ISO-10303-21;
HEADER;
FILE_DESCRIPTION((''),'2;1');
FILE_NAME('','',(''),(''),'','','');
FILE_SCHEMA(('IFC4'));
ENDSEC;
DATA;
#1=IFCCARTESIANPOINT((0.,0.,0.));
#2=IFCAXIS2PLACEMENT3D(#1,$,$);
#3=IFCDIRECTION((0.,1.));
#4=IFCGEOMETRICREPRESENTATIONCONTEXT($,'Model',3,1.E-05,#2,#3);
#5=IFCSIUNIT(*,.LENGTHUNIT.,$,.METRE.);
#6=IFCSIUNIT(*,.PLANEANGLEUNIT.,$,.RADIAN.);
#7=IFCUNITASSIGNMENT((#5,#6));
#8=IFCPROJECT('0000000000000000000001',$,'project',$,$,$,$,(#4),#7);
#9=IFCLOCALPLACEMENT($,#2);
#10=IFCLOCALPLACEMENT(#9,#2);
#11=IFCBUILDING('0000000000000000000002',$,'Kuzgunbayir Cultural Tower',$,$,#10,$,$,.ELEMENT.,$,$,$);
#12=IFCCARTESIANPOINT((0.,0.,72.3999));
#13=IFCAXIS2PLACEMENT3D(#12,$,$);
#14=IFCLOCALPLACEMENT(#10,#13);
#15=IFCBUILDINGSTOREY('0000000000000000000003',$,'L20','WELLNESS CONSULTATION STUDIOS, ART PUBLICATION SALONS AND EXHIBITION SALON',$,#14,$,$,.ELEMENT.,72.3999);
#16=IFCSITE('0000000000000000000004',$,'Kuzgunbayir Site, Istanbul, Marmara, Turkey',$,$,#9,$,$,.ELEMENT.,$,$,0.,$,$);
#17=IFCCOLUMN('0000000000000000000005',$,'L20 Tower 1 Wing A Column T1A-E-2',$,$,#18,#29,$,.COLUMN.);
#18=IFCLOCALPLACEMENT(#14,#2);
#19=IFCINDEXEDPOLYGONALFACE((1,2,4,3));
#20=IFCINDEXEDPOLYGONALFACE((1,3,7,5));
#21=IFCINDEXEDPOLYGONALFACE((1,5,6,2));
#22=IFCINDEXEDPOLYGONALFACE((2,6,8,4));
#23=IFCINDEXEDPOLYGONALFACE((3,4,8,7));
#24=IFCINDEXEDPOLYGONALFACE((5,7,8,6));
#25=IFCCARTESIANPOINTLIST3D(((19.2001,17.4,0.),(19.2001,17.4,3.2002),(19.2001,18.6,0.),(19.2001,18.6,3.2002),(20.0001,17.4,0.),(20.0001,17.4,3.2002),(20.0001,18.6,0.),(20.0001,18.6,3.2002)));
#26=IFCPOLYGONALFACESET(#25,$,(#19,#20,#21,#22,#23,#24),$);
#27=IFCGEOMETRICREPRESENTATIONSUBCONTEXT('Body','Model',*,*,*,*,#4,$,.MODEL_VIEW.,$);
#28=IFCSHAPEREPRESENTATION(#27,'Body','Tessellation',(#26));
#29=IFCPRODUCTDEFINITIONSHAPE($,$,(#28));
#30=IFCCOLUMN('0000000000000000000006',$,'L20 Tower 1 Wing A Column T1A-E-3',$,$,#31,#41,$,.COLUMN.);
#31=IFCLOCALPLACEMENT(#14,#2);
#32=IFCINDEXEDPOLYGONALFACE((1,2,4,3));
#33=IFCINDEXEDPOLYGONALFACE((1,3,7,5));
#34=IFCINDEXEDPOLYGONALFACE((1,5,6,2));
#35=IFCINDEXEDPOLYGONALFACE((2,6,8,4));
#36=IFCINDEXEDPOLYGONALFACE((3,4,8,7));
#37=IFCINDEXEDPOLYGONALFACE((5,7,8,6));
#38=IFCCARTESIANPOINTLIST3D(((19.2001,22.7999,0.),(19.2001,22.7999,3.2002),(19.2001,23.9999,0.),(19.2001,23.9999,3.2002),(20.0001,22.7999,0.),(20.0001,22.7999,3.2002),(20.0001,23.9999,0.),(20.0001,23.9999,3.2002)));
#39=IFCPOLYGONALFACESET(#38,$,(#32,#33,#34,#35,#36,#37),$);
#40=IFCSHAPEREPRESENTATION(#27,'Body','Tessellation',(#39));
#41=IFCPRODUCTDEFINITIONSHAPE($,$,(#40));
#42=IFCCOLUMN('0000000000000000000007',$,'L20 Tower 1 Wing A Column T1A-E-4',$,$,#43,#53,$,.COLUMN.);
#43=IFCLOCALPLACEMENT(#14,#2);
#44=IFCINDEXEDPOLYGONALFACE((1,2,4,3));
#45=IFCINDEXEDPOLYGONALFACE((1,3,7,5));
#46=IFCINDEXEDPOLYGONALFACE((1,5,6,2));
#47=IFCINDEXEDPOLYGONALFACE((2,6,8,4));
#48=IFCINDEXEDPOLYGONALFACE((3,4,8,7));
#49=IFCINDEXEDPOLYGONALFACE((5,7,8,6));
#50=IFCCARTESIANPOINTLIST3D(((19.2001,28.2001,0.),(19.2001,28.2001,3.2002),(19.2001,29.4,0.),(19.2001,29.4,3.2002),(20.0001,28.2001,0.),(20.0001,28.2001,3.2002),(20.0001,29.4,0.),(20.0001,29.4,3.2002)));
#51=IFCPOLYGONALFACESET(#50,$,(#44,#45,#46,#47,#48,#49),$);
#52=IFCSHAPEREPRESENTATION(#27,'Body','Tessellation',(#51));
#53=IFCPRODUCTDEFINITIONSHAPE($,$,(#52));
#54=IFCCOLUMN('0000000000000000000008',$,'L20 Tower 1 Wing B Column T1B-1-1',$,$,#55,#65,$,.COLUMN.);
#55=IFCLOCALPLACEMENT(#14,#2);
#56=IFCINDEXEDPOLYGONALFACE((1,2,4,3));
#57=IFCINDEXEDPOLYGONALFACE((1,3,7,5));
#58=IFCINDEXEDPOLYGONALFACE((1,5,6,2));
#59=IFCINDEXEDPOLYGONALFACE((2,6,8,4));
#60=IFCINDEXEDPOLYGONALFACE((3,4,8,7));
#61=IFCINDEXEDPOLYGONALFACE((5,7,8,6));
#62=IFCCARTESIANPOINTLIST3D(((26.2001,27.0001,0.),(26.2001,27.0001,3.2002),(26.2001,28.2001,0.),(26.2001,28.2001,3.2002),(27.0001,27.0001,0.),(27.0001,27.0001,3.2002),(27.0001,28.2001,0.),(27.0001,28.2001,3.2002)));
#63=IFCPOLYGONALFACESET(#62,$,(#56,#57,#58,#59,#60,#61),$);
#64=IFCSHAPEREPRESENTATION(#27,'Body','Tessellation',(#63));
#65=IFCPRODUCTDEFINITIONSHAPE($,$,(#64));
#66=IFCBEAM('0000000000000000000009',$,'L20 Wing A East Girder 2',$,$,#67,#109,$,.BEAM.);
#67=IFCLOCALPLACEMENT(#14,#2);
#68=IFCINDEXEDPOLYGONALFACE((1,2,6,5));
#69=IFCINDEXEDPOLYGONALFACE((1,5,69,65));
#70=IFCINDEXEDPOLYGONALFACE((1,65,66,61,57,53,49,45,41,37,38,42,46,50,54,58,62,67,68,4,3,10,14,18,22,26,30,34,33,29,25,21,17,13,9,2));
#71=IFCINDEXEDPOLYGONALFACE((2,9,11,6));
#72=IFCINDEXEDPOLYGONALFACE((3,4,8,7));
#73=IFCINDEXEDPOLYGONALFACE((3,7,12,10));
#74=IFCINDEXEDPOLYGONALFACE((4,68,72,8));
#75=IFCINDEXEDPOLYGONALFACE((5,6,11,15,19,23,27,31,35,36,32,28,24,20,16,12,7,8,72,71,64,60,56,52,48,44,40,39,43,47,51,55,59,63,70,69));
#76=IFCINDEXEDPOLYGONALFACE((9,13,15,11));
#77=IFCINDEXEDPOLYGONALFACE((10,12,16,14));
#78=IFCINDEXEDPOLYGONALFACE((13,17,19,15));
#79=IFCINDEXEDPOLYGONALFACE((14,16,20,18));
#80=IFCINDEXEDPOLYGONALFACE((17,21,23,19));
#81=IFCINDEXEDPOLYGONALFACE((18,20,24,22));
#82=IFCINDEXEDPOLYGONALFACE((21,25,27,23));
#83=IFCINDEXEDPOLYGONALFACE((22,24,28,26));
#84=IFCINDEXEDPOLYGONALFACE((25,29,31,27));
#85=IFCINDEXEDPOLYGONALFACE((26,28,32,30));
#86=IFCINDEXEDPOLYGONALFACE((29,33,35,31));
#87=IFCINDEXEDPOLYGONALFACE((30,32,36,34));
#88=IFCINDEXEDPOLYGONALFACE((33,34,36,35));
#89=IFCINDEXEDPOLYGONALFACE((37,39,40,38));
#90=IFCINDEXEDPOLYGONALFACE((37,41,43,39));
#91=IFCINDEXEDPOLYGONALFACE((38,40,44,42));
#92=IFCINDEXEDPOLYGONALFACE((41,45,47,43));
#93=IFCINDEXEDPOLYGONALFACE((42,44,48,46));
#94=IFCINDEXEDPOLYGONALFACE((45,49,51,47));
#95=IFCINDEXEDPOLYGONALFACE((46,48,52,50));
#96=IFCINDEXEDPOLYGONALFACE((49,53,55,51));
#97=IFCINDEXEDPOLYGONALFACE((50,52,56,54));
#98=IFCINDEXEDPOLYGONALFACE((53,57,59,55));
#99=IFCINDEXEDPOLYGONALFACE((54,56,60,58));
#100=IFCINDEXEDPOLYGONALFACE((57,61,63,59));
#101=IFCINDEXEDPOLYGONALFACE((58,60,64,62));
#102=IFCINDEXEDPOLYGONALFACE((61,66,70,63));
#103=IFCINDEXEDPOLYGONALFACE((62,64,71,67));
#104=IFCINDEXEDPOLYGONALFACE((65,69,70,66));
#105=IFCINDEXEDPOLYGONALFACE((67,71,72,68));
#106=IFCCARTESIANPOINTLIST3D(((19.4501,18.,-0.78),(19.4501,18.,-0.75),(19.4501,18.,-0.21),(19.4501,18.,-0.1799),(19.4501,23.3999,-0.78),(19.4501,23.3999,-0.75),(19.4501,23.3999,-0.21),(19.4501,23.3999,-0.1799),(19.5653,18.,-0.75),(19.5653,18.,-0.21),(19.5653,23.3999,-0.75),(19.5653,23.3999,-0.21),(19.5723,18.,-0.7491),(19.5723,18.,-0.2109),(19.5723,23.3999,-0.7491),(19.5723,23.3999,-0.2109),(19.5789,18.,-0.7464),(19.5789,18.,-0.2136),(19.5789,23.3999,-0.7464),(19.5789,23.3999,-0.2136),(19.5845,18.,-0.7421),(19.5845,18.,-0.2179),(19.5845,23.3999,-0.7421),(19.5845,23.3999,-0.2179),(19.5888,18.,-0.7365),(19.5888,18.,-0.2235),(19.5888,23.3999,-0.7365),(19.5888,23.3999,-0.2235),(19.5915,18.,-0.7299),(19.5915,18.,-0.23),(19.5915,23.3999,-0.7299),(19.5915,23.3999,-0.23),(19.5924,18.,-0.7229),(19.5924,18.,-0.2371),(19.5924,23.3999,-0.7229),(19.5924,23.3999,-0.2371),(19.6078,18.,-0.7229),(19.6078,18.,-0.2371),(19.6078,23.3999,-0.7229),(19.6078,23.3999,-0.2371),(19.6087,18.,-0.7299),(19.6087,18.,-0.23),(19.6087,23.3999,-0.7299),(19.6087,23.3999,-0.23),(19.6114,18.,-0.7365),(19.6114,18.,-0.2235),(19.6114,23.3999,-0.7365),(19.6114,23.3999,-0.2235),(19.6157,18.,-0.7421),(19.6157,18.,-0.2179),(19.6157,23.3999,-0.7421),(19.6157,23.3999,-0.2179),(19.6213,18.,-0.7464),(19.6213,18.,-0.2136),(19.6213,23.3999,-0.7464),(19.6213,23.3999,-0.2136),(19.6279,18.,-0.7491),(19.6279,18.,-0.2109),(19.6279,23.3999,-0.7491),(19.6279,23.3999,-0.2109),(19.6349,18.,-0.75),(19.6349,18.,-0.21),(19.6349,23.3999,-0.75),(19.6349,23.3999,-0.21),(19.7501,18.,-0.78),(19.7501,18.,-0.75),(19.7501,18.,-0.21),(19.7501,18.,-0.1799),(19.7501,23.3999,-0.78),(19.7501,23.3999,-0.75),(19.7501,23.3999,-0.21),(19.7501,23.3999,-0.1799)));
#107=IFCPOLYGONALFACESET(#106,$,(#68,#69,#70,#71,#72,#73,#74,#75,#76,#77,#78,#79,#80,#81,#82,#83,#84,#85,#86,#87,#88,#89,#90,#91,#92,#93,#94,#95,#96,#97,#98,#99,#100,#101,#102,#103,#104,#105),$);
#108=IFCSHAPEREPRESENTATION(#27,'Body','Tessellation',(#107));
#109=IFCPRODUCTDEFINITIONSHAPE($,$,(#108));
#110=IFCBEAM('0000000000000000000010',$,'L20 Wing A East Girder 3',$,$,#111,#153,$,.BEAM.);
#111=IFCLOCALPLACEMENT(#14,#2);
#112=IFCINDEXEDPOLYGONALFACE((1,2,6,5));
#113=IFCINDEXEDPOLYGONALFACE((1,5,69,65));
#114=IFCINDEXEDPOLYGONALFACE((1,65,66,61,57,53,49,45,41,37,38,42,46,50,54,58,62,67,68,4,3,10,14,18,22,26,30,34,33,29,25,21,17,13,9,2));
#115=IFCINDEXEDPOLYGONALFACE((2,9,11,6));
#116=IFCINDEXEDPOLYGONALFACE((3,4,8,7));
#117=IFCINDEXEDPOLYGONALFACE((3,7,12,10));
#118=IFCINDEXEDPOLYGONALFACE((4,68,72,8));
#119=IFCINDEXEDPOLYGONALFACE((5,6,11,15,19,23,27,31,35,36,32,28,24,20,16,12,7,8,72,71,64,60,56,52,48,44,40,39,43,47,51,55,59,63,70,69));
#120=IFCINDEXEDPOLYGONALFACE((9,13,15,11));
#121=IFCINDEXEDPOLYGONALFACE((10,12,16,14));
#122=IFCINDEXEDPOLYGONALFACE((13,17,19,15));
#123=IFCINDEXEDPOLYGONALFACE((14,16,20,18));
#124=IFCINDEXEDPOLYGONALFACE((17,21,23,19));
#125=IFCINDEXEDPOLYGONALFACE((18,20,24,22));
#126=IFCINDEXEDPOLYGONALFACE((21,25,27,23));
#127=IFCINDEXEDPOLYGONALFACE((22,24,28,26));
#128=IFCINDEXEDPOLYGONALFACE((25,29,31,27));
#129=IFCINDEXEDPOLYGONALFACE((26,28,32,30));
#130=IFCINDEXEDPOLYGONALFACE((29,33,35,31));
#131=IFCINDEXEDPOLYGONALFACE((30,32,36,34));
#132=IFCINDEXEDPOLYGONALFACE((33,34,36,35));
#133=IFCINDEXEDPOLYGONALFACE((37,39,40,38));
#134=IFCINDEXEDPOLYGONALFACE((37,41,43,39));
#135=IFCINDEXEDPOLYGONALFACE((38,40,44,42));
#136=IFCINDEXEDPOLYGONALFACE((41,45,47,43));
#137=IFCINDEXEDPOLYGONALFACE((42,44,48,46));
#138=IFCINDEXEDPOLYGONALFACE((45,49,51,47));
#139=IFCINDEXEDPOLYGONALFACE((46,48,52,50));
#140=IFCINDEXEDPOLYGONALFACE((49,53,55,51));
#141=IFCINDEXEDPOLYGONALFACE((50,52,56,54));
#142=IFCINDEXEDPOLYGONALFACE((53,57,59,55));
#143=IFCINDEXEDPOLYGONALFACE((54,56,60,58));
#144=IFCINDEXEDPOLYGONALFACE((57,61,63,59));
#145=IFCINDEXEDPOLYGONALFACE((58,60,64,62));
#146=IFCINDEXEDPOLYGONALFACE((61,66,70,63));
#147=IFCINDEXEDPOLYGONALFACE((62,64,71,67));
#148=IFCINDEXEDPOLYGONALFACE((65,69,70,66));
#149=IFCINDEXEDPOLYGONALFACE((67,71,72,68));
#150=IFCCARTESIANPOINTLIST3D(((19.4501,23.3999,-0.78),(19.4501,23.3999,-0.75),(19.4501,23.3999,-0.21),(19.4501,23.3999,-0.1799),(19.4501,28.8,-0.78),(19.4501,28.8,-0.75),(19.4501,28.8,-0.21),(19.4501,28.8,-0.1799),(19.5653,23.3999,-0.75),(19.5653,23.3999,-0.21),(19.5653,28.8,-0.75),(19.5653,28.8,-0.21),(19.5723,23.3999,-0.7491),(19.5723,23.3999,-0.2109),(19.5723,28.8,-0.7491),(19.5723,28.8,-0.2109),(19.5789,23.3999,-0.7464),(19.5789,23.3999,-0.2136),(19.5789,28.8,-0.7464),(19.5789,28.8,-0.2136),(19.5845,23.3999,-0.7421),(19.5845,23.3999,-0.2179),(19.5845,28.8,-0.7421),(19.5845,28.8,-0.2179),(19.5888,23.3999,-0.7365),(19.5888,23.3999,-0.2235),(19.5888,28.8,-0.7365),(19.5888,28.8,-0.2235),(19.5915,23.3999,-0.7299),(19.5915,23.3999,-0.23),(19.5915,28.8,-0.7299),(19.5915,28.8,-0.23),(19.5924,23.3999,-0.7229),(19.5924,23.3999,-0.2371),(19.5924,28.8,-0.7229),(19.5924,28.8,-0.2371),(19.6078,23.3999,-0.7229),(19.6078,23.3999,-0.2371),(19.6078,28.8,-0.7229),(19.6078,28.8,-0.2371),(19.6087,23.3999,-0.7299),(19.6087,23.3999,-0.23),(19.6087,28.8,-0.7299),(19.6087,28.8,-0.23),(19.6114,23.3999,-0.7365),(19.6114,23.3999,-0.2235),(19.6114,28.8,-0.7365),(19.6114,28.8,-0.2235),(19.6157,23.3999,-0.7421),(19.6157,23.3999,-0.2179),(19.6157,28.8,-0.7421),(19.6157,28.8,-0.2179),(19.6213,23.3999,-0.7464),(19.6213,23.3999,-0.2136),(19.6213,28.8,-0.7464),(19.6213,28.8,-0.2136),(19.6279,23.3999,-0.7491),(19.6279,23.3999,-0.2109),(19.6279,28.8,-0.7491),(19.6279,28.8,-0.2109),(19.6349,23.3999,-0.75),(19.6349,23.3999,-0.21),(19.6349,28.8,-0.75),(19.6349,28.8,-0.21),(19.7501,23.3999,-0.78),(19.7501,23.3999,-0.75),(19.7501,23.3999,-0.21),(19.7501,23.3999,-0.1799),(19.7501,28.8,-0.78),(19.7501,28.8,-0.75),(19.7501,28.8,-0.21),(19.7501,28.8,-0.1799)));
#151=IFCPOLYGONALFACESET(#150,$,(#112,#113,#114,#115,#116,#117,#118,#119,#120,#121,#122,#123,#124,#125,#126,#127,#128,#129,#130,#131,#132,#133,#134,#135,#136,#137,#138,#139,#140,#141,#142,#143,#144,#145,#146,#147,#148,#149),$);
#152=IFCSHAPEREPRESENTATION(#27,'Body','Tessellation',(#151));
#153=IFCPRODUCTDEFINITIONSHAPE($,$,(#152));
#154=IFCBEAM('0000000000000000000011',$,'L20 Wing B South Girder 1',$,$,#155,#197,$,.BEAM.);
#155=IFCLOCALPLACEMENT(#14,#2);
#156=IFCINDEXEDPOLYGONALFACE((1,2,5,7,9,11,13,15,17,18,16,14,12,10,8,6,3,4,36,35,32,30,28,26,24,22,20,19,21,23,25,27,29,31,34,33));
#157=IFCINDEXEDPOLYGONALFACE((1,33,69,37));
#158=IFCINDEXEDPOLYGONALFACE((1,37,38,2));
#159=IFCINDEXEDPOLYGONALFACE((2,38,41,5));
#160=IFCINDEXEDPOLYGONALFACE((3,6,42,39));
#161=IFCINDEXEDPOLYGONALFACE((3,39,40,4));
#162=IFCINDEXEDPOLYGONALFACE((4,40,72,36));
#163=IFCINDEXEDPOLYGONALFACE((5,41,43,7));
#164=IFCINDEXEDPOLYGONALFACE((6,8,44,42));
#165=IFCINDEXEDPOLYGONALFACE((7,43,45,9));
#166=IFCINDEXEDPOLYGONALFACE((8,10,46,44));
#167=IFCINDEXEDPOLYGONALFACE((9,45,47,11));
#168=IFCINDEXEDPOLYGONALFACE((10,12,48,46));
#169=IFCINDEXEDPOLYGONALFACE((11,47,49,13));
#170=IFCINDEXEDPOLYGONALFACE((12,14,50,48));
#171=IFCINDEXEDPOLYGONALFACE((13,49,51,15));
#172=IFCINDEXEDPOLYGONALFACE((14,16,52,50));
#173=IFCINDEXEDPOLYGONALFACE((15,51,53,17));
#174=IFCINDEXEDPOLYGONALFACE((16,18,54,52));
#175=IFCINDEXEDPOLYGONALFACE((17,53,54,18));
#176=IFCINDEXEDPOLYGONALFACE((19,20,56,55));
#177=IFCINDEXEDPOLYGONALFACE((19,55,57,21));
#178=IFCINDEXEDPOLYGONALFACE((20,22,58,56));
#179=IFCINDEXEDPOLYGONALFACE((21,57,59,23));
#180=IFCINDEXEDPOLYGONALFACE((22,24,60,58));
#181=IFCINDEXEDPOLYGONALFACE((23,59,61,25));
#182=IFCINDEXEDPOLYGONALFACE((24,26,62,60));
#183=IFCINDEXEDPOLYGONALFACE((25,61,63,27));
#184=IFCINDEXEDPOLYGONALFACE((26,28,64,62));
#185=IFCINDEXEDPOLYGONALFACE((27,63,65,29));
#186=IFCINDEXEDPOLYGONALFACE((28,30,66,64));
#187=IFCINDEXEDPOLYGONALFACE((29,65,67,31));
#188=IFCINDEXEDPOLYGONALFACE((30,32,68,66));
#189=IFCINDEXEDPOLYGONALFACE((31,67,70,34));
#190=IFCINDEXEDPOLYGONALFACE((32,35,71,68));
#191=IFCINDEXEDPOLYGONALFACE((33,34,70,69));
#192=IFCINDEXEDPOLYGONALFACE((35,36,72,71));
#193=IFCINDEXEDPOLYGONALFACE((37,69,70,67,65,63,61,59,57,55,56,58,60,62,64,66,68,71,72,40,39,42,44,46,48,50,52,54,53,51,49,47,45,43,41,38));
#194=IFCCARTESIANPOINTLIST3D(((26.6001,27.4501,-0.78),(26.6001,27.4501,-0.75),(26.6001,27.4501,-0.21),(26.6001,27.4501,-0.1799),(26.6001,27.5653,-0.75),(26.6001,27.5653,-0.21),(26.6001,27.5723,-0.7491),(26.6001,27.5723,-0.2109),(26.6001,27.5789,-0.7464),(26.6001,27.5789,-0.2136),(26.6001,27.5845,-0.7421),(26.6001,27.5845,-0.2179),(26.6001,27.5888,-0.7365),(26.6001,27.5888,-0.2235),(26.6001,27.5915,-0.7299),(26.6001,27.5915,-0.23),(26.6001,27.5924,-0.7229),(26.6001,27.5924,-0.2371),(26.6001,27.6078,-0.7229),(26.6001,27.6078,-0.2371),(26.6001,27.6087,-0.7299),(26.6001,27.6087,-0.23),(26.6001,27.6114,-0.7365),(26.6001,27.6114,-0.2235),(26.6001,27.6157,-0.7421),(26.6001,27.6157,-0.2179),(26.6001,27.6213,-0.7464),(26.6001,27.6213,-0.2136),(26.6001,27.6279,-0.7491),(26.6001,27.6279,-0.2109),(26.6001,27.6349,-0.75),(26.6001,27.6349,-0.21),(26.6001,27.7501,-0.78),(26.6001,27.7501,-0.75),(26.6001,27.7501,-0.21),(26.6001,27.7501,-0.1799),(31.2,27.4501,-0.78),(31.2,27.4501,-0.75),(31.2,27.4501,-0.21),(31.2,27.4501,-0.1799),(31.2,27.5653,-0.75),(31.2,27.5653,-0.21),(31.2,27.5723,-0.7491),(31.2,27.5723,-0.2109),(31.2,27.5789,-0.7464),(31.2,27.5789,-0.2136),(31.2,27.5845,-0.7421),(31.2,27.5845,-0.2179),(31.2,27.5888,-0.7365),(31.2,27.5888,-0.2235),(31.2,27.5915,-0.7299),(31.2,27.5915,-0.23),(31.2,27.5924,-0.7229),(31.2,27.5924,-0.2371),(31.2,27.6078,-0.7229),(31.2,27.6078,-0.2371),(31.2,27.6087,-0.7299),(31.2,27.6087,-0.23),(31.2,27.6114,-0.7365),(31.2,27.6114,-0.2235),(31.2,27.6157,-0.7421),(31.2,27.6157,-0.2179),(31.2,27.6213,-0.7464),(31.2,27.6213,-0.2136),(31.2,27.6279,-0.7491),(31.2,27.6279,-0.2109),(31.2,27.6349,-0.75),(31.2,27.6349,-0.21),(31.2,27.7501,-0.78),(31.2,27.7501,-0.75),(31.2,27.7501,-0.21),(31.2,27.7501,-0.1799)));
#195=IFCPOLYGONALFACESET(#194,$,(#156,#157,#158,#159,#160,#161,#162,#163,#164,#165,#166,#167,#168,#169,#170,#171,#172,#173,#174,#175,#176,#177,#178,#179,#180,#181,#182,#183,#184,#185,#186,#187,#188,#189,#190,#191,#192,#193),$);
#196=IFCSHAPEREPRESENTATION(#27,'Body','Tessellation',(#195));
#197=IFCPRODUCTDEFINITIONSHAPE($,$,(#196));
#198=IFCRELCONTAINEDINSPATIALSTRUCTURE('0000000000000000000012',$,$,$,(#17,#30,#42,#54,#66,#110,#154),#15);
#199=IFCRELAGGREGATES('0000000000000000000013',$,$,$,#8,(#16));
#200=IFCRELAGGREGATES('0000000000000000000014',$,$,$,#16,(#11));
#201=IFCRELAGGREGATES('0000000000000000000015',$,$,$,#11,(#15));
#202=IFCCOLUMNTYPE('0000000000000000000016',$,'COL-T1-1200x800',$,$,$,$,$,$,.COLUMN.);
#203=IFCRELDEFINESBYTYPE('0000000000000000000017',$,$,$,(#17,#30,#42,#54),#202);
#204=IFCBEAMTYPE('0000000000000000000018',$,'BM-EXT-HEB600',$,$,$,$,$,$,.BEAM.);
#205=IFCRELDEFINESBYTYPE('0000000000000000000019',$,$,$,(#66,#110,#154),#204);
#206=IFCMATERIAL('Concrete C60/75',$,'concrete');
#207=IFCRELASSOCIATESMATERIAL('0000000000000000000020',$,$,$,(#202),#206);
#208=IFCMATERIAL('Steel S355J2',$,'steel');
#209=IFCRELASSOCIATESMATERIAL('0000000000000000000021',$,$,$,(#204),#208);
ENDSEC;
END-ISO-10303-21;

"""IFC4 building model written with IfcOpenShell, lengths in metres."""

from ifc_helpers import new_model, si_unit, direction, frame, origin, origin_2d, place, context, subcontext, project, spatial, rectangle, i_section, extrude, material, material_profile, profile_set, type_object, element, save


model = new_model("IFC4")

# Units and contexts
model_context = context("Model", 3, precision=1e-05, world=origin(), true_north=direction((0.0, 1.0)))
body_context = subcontext(model_context, "Body", "Model", "MODEL_VIEW")
ifc_project = project(units=[si_unit("LENGTHUNIT", "METRE"), si_unit("PLANEANGLEUNIT", "RADIAN")], contexts=[model_context])

# Site, building, storey
site_placement = place(None, origin())
site = spatial("IfcSite", under=ifc_project, at=site_placement, Name="Kuzgunbayir Site, Istanbul, Marmara, Turkey", CompositionType="ELEMENT", RefElevation=0.0)
building_placement = place(site_placement, origin())
building = spatial("IfcBuilding", under=site, at=building_placement, Name="Kuzgunbayir Cultural Tower", CompositionType="ELEMENT")
storey_placement = place(building_placement, frame((0.0, 0.0, 72.3999)))
storey = spatial("IfcBuildingStorey", under=building, at=storey_placement, Name="L20", Description="WELLNESS CONSULTATION STUDIOS, ART PUBLICATION SALONS AND EXHIBITION SALON", CompositionType="ELEMENT", Elevation=72.3999)

# Columns
ifc_material_1 = material(Name="Concrete C60/75", Category="concrete")
ifc_material_profile_1 = material_profile(ifc_material_1, rectangle(XDim=0.8, YDim=1.2, at=origin_2d()), Name="RC 1200x800")
ifc_profile_set_1 = profile_set([ifc_material_profile_1], Name="Concrete C60/75")
column_type = type_object("IfcColumnType", Name="COL-T1-1200x800", PredefinedType="COLUMN", material=ifc_profile_set_1)
for number, where, z_axis, x_axis, name in (
    (1, (19.6001, 18.0, 0.0), (0.0, 0.0, 1.0), (1.0, 0.0, 0.0), "L20 Tower 1 Wing A Column T1A-E-2"),
    (2, (19.6001, 23.3999, 0.0), (0.0, 0.0, 1.0), (1.0, 0.0, 0.0), "L20 Tower 1 Wing A Column T1A-E-3"),
    (3, (19.6001, 28.8, 0.0), (0.0, 0.0, 1.0), (1.0, 0.0, 0.0), "L20 Tower 1 Wing A Column T1A-E-4"),
    (4, (26.6001, 27.6001, 0.0), (0.0, 0.0, 1.0), (1.0, 0.0, 0.0), "L20 Tower 1 Wing B Column T1B-1-1"),
):
    element("IfcColumn", number, at=place(storey_placement, frame(where, z_axis=z_axis, x_axis=x_axis)), inside=storey, type_object=column_type, Name=name, PredefinedType="COLUMN", context=body_context, shape_type="SweptSolid", body=[
        extrude(rectangle(XDim=0.8, YDim=1.2, at=origin_2d()), origin(), (0.0, 0.0, 1.0), 3.2002),
    ])

# Beams
ifc_material_2 = material(Name="Steel S355J2", Category="steel")
ifc_material_profile_2 = material_profile(ifc_material_2, i_section(OverallWidth=0.3, OverallDepth=0.6001, WebThickness=0.0154, FlangeThickness=0.03, FilletRadius=0.0271, at=origin_2d()), Name="HEB 600")
ifc_profile_set_2 = profile_set([ifc_material_profile_2], Name="Steel S355J2")
beam_type_1 = type_object("IfcBeamType", Name="BM-EXT-HEB600", PredefinedType="BEAM", material=ifc_profile_set_2)
beam_1_placement = place(storey_placement, frame((19.6001, 18.0, -0.48), z_axis=(0.0, 1.0, 0.0), x_axis=(-1.0, 0.0, 0.0)))
element("IfcBeam", 5, at=beam_1_placement, inside=storey, type_object=beam_type_1, Name="L20 Wing A East Girder 2", PredefinedType="BEAM", context=body_context, shape_type="SweptSolid", body=[
    extrude(i_section(OverallWidth=0.3, OverallDepth=0.6001, WebThickness=0.0154, FlangeThickness=0.03, FilletRadius=0.0271, at=origin_2d()), origin(), (0.0, 0.0, 1.0), 5.3999),
])
beam_2_placement = place(storey_placement, frame((19.6001, 23.3999, -0.48), z_axis=(0.0, 1.0, 0.0), x_axis=(-1.0, 0.0, 0.0)))
element("IfcBeam", 6, at=beam_2_placement, inside=storey, type_object=beam_type_1, Name="L20 Wing A East Girder 3", PredefinedType="BEAM", context=body_context, shape_type="SweptSolid", body=[
    extrude(i_section(OverallWidth=0.3, OverallDepth=0.6001, WebThickness=0.0154, FlangeThickness=0.03, FilletRadius=0.0271, at=origin_2d()), origin(), (0.0, 0.0, 1.0), 5.4001),
])
beam_3_placement = place(storey_placement, frame((26.6001, 27.6001, -0.48), z_axis=(1.0, 0.0, 0.0), x_axis=(0.0, 1.0, 0.0)))
element("IfcBeam", 7, at=beam_3_placement, inside=storey, type_object=beam_type_1, Name="L20 Wing B South Girder 1", PredefinedType="BEAM", context=body_context, shape_type="SweptSolid", body=[
    extrude(i_section(OverallWidth=0.3, OverallDepth=0.6001, WebThickness=0.0154, FlangeThickness=0.03, FilletRadius=0.0271, at=origin_2d()), origin(), (0.0, 0.0, 1.0), 4.5999),
])

save(model, "model.ifc")
